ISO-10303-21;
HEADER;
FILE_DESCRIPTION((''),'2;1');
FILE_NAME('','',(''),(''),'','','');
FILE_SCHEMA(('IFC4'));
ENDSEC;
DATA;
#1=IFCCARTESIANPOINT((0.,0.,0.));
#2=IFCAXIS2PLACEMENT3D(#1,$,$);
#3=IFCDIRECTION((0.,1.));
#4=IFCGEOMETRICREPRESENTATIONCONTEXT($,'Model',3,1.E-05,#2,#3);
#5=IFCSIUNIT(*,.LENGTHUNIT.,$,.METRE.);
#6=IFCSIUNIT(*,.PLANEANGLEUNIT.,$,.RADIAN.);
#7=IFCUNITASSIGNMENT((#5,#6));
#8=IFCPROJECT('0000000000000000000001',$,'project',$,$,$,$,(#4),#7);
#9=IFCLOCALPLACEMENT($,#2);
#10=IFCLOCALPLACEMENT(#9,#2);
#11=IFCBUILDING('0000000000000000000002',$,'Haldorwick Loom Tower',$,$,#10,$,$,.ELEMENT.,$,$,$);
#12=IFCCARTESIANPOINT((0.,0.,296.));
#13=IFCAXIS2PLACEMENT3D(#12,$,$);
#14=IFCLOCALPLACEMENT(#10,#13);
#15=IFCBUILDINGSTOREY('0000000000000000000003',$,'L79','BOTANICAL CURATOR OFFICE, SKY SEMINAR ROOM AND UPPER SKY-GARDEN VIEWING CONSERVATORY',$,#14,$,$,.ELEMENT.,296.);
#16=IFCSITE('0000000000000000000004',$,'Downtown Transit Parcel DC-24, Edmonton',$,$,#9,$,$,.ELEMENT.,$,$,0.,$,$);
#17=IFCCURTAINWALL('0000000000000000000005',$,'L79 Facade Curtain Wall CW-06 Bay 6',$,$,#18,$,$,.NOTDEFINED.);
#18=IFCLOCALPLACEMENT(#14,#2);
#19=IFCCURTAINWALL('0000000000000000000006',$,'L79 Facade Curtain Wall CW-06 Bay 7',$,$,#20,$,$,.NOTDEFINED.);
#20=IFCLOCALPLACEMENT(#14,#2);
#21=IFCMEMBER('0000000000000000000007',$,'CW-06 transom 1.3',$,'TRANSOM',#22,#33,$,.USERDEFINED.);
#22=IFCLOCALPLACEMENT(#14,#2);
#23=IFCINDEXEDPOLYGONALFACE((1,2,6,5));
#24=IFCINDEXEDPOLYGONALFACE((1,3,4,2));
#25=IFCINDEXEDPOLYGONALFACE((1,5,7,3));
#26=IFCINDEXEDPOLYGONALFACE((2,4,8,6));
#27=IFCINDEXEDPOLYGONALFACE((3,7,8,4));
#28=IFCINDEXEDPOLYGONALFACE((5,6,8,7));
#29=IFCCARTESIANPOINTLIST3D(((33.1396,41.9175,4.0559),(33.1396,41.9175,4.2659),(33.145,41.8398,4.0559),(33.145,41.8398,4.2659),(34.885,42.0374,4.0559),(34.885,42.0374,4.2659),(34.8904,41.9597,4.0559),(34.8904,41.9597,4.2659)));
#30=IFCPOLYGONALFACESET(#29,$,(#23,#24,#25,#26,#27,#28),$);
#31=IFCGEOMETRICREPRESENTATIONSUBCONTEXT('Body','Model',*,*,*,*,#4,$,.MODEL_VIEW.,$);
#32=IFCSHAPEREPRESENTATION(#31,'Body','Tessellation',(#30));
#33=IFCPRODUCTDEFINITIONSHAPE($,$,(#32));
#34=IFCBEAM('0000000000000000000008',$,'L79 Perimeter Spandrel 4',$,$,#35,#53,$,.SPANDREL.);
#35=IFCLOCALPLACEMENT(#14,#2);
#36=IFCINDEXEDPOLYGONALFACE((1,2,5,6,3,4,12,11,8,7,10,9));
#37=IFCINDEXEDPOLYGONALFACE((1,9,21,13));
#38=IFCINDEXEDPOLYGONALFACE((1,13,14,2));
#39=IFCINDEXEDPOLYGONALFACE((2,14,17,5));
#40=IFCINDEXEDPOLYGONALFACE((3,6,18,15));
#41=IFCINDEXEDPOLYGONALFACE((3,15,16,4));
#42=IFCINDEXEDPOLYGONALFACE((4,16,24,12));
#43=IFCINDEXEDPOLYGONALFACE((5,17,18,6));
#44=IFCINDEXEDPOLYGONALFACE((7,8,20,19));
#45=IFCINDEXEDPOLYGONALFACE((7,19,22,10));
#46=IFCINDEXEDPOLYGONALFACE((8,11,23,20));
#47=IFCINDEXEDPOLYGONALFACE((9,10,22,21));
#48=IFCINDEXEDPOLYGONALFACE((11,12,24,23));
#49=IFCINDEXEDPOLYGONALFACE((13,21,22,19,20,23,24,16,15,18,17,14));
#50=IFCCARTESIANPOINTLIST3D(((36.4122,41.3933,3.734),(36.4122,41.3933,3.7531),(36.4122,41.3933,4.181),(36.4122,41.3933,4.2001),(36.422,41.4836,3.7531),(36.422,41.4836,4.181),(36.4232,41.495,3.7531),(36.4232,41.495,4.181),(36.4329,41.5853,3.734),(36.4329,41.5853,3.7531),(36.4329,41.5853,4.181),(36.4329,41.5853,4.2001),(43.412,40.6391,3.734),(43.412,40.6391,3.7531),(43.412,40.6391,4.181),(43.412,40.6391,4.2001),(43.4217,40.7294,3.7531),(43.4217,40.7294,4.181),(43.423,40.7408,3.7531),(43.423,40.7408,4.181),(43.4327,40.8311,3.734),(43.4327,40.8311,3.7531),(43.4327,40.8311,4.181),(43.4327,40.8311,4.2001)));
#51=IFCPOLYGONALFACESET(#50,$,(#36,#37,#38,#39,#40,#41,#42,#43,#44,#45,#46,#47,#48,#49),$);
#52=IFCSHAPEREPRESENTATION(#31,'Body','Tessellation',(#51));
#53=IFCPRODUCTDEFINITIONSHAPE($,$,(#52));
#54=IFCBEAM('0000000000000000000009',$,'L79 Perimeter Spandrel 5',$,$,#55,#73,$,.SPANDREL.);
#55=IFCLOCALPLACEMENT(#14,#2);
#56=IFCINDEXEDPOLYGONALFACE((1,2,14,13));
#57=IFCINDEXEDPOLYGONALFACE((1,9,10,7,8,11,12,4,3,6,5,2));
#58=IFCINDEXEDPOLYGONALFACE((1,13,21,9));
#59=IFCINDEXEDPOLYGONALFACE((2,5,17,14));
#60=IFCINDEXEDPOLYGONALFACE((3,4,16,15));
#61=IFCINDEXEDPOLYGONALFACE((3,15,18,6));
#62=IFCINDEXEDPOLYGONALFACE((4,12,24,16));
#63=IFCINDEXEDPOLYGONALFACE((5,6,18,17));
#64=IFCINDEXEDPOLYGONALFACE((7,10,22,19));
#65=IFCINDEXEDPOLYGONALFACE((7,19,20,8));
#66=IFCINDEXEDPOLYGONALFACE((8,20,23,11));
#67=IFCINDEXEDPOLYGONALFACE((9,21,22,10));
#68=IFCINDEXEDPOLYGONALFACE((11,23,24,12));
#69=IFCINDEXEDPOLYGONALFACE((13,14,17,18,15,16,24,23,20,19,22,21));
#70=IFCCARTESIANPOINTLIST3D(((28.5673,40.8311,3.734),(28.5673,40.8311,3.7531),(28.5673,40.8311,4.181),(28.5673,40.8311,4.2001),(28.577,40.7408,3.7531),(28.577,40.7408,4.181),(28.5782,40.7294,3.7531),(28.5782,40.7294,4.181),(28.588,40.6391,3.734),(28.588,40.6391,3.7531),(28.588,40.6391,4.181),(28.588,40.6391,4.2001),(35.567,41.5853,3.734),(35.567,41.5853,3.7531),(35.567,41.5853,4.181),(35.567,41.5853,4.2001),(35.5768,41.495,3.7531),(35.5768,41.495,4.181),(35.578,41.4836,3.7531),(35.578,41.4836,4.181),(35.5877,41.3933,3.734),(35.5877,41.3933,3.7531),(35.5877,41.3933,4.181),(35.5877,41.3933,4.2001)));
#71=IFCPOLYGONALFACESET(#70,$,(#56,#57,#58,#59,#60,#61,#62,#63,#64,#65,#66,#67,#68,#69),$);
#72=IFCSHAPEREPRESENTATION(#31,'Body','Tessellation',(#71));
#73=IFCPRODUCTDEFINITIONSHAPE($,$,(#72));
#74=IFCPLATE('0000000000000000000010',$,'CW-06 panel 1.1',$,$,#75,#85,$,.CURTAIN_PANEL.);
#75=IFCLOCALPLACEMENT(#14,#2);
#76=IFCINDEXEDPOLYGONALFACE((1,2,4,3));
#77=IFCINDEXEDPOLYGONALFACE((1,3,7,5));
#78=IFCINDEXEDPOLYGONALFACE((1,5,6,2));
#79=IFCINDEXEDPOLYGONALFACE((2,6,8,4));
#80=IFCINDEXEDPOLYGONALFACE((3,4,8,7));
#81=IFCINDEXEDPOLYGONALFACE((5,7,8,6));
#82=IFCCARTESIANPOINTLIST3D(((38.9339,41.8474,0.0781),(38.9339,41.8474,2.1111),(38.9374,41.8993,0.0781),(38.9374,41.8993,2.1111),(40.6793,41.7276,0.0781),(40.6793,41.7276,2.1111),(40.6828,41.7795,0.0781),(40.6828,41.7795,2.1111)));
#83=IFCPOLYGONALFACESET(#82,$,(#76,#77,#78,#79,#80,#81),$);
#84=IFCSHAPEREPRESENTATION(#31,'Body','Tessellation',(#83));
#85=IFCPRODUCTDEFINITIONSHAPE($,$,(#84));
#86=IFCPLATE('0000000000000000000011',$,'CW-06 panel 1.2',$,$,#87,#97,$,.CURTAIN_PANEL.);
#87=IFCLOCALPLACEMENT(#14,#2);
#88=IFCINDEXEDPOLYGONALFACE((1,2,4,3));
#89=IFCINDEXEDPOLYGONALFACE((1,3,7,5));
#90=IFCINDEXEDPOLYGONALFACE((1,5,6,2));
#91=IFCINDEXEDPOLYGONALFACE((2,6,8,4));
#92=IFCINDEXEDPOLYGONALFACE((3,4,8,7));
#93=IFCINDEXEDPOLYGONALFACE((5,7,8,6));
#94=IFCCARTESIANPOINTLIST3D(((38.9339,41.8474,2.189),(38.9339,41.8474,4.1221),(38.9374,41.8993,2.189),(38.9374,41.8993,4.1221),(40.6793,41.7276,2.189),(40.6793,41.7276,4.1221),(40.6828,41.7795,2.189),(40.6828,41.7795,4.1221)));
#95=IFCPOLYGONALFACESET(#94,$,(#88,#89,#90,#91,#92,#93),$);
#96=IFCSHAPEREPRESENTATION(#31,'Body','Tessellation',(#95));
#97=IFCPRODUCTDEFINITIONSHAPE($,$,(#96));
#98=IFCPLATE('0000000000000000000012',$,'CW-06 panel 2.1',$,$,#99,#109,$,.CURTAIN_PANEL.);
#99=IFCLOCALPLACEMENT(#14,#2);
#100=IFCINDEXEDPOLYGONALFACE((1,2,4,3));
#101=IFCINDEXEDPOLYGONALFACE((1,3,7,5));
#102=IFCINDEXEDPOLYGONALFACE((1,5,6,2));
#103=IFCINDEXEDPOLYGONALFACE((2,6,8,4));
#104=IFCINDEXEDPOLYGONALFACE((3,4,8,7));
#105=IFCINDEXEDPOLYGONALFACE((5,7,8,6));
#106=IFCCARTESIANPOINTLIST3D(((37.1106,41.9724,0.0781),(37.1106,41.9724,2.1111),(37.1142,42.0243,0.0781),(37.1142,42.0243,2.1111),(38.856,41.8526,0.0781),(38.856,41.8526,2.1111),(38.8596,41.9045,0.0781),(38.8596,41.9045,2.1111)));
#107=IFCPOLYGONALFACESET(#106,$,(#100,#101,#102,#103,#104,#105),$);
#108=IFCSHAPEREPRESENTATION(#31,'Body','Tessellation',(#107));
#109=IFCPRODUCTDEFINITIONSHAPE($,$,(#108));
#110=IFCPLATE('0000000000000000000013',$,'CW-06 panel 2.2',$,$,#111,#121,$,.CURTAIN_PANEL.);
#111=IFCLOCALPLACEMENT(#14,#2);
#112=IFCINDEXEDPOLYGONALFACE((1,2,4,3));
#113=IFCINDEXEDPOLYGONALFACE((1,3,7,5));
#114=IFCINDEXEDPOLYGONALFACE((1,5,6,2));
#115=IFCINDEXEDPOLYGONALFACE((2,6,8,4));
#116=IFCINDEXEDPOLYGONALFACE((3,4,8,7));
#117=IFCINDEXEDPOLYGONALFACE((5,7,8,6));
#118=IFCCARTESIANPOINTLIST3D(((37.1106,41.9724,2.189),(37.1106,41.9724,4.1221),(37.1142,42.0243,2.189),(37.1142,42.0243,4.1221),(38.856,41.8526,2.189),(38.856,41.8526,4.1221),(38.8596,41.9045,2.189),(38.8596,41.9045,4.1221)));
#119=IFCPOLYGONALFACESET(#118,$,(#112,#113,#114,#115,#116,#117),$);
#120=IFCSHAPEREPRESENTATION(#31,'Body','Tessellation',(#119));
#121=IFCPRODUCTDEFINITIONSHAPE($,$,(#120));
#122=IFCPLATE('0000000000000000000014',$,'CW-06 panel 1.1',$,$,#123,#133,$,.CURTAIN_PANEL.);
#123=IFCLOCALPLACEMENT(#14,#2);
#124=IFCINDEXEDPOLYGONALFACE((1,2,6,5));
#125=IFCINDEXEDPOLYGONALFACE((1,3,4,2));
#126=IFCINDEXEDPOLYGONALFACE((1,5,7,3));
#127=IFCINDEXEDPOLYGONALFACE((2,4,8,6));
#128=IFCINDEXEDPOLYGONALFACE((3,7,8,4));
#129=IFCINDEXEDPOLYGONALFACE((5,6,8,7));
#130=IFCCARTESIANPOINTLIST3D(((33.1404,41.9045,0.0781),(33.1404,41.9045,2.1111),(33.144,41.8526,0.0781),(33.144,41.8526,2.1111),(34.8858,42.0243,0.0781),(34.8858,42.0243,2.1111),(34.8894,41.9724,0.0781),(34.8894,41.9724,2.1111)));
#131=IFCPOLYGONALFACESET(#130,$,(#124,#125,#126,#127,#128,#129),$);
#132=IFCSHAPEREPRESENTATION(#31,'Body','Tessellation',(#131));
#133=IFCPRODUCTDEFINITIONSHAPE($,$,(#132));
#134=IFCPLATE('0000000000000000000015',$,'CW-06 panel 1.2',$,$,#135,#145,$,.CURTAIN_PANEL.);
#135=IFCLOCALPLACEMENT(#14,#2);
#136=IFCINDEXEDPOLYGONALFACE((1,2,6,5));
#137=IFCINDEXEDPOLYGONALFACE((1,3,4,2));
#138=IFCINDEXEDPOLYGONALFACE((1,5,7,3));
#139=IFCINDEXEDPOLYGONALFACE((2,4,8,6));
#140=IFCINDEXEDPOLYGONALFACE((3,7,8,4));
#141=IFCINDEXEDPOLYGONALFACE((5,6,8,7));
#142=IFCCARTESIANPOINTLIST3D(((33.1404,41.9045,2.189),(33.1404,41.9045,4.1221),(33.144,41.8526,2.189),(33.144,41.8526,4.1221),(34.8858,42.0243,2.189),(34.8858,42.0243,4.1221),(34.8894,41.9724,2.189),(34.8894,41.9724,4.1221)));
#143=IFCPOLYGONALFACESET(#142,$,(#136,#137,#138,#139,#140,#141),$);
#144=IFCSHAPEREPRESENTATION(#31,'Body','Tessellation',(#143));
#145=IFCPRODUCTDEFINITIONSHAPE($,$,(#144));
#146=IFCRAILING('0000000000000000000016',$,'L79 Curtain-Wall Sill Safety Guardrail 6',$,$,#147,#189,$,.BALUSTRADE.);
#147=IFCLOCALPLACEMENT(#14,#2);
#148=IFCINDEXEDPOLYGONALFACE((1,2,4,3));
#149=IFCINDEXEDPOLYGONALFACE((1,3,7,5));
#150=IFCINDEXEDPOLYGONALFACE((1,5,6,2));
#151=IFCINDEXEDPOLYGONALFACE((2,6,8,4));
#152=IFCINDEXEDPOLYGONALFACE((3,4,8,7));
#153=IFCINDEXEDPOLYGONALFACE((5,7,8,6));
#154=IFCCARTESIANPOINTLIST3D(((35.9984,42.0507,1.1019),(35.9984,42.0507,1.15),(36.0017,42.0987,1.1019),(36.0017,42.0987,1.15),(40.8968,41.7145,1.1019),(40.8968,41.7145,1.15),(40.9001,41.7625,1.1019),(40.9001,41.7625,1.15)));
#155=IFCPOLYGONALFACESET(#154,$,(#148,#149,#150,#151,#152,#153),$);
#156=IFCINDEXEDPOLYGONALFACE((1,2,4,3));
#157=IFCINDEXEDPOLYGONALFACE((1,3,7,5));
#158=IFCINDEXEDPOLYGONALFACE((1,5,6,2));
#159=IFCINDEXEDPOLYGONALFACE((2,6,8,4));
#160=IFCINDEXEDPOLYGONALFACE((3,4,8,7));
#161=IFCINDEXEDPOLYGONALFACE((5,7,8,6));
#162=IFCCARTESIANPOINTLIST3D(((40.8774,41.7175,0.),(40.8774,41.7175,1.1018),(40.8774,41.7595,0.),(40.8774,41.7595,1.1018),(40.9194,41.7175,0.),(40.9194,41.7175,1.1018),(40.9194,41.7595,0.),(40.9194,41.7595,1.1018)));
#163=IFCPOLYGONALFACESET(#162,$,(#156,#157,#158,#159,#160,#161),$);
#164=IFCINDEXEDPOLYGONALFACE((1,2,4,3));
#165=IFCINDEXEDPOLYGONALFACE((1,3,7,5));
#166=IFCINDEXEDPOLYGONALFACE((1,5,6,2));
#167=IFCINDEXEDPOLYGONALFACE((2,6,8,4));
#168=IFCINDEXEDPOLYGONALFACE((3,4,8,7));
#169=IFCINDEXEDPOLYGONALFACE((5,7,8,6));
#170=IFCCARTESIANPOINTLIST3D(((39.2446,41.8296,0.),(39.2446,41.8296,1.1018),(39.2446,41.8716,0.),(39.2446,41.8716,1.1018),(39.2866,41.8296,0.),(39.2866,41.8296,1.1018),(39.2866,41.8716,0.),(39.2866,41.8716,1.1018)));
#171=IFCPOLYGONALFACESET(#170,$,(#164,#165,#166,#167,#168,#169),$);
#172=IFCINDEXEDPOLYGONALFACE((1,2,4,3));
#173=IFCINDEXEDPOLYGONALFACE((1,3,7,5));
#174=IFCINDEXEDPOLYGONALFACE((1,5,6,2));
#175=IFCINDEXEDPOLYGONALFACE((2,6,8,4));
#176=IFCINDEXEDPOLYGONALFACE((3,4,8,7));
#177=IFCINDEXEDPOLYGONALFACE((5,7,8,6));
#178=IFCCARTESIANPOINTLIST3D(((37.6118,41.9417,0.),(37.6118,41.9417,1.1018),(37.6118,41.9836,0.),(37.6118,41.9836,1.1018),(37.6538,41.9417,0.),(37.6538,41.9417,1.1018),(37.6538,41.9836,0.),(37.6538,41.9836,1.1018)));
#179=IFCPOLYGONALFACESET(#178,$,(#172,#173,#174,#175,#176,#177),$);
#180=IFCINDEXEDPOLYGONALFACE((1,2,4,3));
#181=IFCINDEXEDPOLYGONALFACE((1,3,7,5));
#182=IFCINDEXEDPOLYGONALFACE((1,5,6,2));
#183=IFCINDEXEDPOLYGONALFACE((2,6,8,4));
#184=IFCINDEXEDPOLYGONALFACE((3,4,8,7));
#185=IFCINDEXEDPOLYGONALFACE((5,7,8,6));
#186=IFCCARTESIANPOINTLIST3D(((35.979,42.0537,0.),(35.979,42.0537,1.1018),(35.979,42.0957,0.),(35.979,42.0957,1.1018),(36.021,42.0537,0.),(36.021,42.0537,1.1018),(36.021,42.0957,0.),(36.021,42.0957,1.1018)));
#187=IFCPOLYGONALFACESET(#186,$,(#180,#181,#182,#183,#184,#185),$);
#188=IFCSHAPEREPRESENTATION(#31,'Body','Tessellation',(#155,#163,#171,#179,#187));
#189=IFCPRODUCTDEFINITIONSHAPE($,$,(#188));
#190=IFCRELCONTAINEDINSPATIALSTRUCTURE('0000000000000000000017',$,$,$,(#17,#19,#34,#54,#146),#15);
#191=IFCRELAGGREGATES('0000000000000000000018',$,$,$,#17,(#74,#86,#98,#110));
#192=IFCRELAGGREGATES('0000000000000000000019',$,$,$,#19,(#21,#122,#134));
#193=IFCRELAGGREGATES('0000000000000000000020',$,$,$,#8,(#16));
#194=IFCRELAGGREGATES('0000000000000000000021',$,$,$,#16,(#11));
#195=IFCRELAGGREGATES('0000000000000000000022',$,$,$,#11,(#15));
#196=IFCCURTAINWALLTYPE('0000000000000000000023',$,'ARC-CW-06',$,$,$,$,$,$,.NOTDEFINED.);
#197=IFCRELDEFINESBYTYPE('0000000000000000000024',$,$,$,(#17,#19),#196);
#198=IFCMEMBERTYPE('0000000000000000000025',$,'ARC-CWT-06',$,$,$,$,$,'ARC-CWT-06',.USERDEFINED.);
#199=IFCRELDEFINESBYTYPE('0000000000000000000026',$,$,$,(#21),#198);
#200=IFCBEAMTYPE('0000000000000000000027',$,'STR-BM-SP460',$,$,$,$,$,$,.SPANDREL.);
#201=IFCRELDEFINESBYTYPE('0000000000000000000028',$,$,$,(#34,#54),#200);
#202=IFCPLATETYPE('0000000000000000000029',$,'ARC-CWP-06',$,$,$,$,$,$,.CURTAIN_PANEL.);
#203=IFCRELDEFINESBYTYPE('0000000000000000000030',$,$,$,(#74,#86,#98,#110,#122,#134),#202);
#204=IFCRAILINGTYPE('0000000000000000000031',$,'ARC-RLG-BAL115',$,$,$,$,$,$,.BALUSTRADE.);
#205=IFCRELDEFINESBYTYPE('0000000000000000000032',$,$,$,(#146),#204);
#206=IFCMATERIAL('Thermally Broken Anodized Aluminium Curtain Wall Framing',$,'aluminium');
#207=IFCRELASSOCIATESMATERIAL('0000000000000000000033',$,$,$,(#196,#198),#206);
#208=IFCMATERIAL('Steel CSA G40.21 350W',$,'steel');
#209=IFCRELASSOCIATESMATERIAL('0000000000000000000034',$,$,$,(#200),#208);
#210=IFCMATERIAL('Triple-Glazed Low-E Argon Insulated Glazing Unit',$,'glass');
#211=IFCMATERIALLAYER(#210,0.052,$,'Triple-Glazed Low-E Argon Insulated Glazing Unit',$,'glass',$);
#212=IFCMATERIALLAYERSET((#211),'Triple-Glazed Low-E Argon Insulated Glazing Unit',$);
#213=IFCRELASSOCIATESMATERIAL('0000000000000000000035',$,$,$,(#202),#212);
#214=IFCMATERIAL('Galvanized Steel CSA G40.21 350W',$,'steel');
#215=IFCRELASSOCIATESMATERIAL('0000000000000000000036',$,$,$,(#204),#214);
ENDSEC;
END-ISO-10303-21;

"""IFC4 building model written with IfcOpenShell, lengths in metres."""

from ifc_helpers import new_model, si_unit, direction, frame, origin, origin_2d, place, context, subcontext, project, spatial, rectangle, i_section, extrude, material, layer, layer_set, material_profile, profile_set, type_object, element, aggregate, save


model = new_model("IFC4")

# Units and contexts
model_context = context("Model", 3, precision=1e-05, world=origin(), true_north=direction((0.0, 1.0)))
body_context = subcontext(model_context, "Body", "Model", "MODEL_VIEW")
ifc_project = project(units=[si_unit("LENGTHUNIT", "METRE"), si_unit("PLANEANGLEUNIT", "RADIAN")], contexts=[model_context])

# Site, building, storey
site_placement = place(None, origin())
site = spatial("IfcSite", under=ifc_project, at=site_placement, Name="Downtown Transit Parcel DC-24, Edmonton", CompositionType="ELEMENT", RefElevation=0.0)
building_placement = place(site_placement, origin())
building = spatial("IfcBuilding", under=site, at=building_placement, Name="Haldorwick Loom Tower", CompositionType="ELEMENT")
storey_placement = place(building_placement, frame((0.0, 0.0, 296.0)))
storey = spatial("IfcBuildingStorey", under=building, at=storey_placement, Name="L79", Description="BOTANICAL CURATOR OFFICE, SKY SEMINAR ROOM AND UPPER SKY-GARDEN VIEWING CONSERVATORY", CompositionType="ELEMENT", Elevation=296.0)

# Curtain wall
ifc_material_1 = material(Name="Thermally Broken Anodized Aluminium Curtain Wall Framing", Category="aluminium")
curtain_wall_type = type_object("IfcCurtainWallType", Name="ARC-CW-06", PredefinedType="NOTDEFINED", material=ifc_material_1)
curtain_wall_1_placement = place(storey_placement, origin())
curtain_wall_1 = element("IfcCurtainWall", 1, at=curtain_wall_1_placement, inside=storey, type_object=curtain_wall_type, Name="L79 Facade Curtain Wall CW-06 Bay 6", PredefinedType="NOTDEFINED")

# Curtain wall
curtain_wall_2_placement = place(storey_placement, origin())
curtain_wall_2 = element("IfcCurtainWall", 2, at=curtain_wall_2_placement, inside=storey, type_object=curtain_wall_type, Name="L79 Facade Curtain Wall CW-06 Bay 7", PredefinedType="NOTDEFINED")

# Member
ifc_material_profile_1 = material_profile(ifc_material_1, rectangle(XDim=0.0779, YDim=0.21, at=origin_2d()), Name="ALU_TRN_78X210", Category="aluminium")
ifc_profile_set_1 = profile_set([ifc_material_profile_1], Name="Thermally Broken Anodized Aluminium Curtain Wall Framing")
member_type_1 = type_object("IfcMemberType", Name="ARC-CWT-06", ElementType="ARC-CWT-06", PredefinedType="USERDEFINED", material=ifc_profile_set_1)
member_1_placement = place(storey_placement, frame((34.8877, 41.9985, 4.1609), z_axis=(-0.99765, -0.06852, 0.0), x_axis=(0.06852, -0.99765, 0.0)))
member_1 = element("IfcMember", 3, at=member_1_placement, type_object=member_type_1, Name="CW-06 transom 1.3", ObjectType="TRANSOM", PredefinedType="USERDEFINED", context=body_context, shape_type="SweptSolid", body=[
    extrude(rectangle(XDim=0.0779, YDim=0.21, at=origin_2d()), origin(), (0.0, 0.0, 1.0), 1.7495),
])

# Beams
ifc_material_2 = material(Name="Steel CSA G40.21 350W", Category="steel")
ifc_material_profile_2 = material_profile(ifc_material_2, i_section(OverallWidth=0.1931, OverallDepth=0.4661, WebThickness=0.0115, FlangeThickness=0.019, at=origin_2d()), Name="W460X97", Category="steel")
ifc_profile_set_2 = profile_set([ifc_material_profile_2], Name="Steel CSA G40.21 350W")
beam_type = type_object("IfcBeamType", Name="STR-BM-SP460", PredefinedType="SPANDREL", material=ifc_profile_set_2)
for number, where, z_axis, x_axis, name in (
    (4, (43.4224, 40.7351, 3.967), (-0.994246, 0.10712, 0.0), (-0.10712, -0.994246, 0.0), "L79 Perimeter Spandrel 4"),
    (5, (35.5774, 41.4893, 3.967), (-0.994246, -0.10712, 0.0), (0.10712, -0.994246, 0.0), "L79 Perimeter Spandrel 5"),
):
    element("IfcBeam", number, at=place(storey_placement, frame(where, z_axis=z_axis, x_axis=x_axis)), inside=storey, type_object=beam_type, Name=name, PredefinedType="SPANDREL", context=body_context, shape_type="SweptSolid", body=[
        extrude(i_section(OverallWidth=0.1931, OverallDepth=0.4661, WebThickness=0.0115, FlangeThickness=0.019, at=origin_2d()), origin(), (0.0, 0.0, 1.0), 7.0403),
    ])

# Plates
ifc_material_3 = material(Name="Triple-Glazed Low-E Argon Insulated Glazing Unit", Category="glass")
ifc_layer = layer(ifc_material_3, 0.052, Name="Triple-Glazed Low-E Argon Insulated Glazing Unit", Category="glass")
ifc_layer_set = layer_set([ifc_layer], Name="Triple-Glazed Low-E Argon Insulated Glazing Unit")
plate_type = type_object("IfcPlateType", Name="ARC-CWP-06", PredefinedType="CURTAIN_PANEL", material=ifc_layer_set)
plate_1_placement = place(storey_placement, frame((39.8083, 41.8135, 0.0781), z_axis=(0.0, 0.0, 1.0), x_axis=(-0.997653, 0.068469, 0.0)))
plate_1 = element("IfcPlate", 6, at=plate_1_placement, type_object=plate_type, Name="CW-06 panel 1.1", PredefinedType="CURTAIN_PANEL", context=body_context, shape_type="SweptSolid", body=[
    extrude(rectangle(XDim=1.7495, YDim=0.052, at=origin_2d()), origin(), (0.0, 0.0, 1.0), 2.033),
])
plate_2_placement = place(storey_placement, frame((39.8083, 41.8135, 2.189), z_axis=(0.0, 0.0, 1.0), x_axis=(-0.997653, 0.068469, 0.0)))
plate_2 = element("IfcPlate", 7, at=plate_2_placement, type_object=plate_type, Name="CW-06 panel 1.2", PredefinedType="CURTAIN_PANEL", context=body_context, shape_type="SweptSolid", body=[
    extrude(rectangle(XDim=1.7495, YDim=0.052, at=origin_2d()), origin(), (0.0, 0.0, 1.0), 1.9331),
])
plate_3_placement = place(storey_placement, frame((37.9851, 41.9385, 0.0781), z_axis=(0.0, 0.0, 1.0), x_axis=(-0.997653, 0.068469, 0.0)))
plate_3 = element("IfcPlate", 8, at=plate_3_placement, type_object=plate_type, Name="CW-06 panel 2.1", PredefinedType="CURTAIN_PANEL", context=body_context, shape_type="SweptSolid", body=[
    extrude(rectangle(XDim=1.7495, YDim=0.052, at=origin_2d()), origin(), (0.0, 0.0, 1.0), 2.033),
])
plate_4_placement = place(storey_placement, frame((37.9851, 41.9385, 2.189), z_axis=(0.0, 0.0, 1.0), x_axis=(-0.997653, 0.068469, 0.0)))
plate_4 = element("IfcPlate", 9, at=plate_4_placement, type_object=plate_type, Name="CW-06 panel 2.2", PredefinedType="CURTAIN_PANEL", context=body_context, shape_type="SweptSolid", body=[
    extrude(rectangle(XDim=1.7495, YDim=0.052, at=origin_2d()), origin(), (0.0, 0.0, 1.0), 1.9331),
])
aggregate(curtain_wall_1, [plate_1, plate_2, plate_3, plate_4])
plate_5_placement = place(storey_placement, frame((34.0149, 41.9385, 0.0781), z_axis=(0.0, 0.0, 1.0), x_axis=(-0.997653, -0.068469, 0.0)))
plate_5 = element("IfcPlate", 10, at=plate_5_placement, type_object=plate_type, Name="CW-06 panel 1.1", PredefinedType="CURTAIN_PANEL", context=body_context, shape_type="SweptSolid", body=[
    extrude(rectangle(XDim=1.7495, YDim=0.052, at=origin_2d()), origin(), (0.0, 0.0, 1.0), 2.033),
])
plate_6_placement = place(storey_placement, frame((34.0149, 41.9385, 2.189), z_axis=(0.0, 0.0, 1.0), x_axis=(-0.997653, -0.068469, 0.0)))
plate_6 = element("IfcPlate", 11, at=plate_6_placement, type_object=plate_type, Name="CW-06 panel 1.2", PredefinedType="CURTAIN_PANEL", context=body_context, shape_type="SweptSolid", body=[
    extrude(rectangle(XDim=1.7495, YDim=0.052, at=origin_2d()), origin(), (0.0, 0.0, 1.0), 1.9331),
])
aggregate(curtain_wall_2, [member_1, plate_5, plate_6])

# Railing
ifc_material_4 = material(Name="Galvanized Steel CSA G40.21 350W", Category="steel")
railing_type = type_object("IfcRailingType", Name="ARC-RLG-BAL115", PredefinedType="BALUSTRADE", material=ifc_material_4)
railing_1_placement = place(storey_placement, frame((40.8984, 41.7385, 0.0)))
element("IfcRailing", 12, at=railing_1_placement, inside=storey, type_object=railing_type, Name="L79 Curtain-Wall Sill Safety Guardrail 6", PredefinedType="BALUSTRADE", context=body_context, shape_type="SweptSolid", body=[
    extrude(rectangle(XDim=0.0481, YDim=0.0481, at=origin_2d()), frame((0.0, 0.0, 1.126), z_axis=(-0.997653, 0.068469, 0.0), x_axis=(-0.068469, -0.997653, 0.0)), (0.0, 0.0, 1.0), 4.9099),
    extrude(rectangle(XDim=0.042, YDim=0.042, at=origin_2d()), origin(), (0.0, 0.0, 1.0), 1.1018),
    extrude(rectangle(XDim=0.042, YDim=0.042, at=origin_2d()), frame((-1.6328, 0.1121, 0.0)), (0.0, 0.0, 1.0), 1.1018),
    extrude(rectangle(XDim=0.042, YDim=0.042, at=origin_2d()), frame((-3.2656, 0.2241, 0.0)), (0.0, 0.0, 1.0), 1.1018),
    extrude(rectangle(XDim=0.042, YDim=0.042, at=origin_2d()), frame((-4.8984, 0.3362, 0.0)), (0.0, 0.0, 1.0), 1.1018),
])

save(model, "model.ifc")
